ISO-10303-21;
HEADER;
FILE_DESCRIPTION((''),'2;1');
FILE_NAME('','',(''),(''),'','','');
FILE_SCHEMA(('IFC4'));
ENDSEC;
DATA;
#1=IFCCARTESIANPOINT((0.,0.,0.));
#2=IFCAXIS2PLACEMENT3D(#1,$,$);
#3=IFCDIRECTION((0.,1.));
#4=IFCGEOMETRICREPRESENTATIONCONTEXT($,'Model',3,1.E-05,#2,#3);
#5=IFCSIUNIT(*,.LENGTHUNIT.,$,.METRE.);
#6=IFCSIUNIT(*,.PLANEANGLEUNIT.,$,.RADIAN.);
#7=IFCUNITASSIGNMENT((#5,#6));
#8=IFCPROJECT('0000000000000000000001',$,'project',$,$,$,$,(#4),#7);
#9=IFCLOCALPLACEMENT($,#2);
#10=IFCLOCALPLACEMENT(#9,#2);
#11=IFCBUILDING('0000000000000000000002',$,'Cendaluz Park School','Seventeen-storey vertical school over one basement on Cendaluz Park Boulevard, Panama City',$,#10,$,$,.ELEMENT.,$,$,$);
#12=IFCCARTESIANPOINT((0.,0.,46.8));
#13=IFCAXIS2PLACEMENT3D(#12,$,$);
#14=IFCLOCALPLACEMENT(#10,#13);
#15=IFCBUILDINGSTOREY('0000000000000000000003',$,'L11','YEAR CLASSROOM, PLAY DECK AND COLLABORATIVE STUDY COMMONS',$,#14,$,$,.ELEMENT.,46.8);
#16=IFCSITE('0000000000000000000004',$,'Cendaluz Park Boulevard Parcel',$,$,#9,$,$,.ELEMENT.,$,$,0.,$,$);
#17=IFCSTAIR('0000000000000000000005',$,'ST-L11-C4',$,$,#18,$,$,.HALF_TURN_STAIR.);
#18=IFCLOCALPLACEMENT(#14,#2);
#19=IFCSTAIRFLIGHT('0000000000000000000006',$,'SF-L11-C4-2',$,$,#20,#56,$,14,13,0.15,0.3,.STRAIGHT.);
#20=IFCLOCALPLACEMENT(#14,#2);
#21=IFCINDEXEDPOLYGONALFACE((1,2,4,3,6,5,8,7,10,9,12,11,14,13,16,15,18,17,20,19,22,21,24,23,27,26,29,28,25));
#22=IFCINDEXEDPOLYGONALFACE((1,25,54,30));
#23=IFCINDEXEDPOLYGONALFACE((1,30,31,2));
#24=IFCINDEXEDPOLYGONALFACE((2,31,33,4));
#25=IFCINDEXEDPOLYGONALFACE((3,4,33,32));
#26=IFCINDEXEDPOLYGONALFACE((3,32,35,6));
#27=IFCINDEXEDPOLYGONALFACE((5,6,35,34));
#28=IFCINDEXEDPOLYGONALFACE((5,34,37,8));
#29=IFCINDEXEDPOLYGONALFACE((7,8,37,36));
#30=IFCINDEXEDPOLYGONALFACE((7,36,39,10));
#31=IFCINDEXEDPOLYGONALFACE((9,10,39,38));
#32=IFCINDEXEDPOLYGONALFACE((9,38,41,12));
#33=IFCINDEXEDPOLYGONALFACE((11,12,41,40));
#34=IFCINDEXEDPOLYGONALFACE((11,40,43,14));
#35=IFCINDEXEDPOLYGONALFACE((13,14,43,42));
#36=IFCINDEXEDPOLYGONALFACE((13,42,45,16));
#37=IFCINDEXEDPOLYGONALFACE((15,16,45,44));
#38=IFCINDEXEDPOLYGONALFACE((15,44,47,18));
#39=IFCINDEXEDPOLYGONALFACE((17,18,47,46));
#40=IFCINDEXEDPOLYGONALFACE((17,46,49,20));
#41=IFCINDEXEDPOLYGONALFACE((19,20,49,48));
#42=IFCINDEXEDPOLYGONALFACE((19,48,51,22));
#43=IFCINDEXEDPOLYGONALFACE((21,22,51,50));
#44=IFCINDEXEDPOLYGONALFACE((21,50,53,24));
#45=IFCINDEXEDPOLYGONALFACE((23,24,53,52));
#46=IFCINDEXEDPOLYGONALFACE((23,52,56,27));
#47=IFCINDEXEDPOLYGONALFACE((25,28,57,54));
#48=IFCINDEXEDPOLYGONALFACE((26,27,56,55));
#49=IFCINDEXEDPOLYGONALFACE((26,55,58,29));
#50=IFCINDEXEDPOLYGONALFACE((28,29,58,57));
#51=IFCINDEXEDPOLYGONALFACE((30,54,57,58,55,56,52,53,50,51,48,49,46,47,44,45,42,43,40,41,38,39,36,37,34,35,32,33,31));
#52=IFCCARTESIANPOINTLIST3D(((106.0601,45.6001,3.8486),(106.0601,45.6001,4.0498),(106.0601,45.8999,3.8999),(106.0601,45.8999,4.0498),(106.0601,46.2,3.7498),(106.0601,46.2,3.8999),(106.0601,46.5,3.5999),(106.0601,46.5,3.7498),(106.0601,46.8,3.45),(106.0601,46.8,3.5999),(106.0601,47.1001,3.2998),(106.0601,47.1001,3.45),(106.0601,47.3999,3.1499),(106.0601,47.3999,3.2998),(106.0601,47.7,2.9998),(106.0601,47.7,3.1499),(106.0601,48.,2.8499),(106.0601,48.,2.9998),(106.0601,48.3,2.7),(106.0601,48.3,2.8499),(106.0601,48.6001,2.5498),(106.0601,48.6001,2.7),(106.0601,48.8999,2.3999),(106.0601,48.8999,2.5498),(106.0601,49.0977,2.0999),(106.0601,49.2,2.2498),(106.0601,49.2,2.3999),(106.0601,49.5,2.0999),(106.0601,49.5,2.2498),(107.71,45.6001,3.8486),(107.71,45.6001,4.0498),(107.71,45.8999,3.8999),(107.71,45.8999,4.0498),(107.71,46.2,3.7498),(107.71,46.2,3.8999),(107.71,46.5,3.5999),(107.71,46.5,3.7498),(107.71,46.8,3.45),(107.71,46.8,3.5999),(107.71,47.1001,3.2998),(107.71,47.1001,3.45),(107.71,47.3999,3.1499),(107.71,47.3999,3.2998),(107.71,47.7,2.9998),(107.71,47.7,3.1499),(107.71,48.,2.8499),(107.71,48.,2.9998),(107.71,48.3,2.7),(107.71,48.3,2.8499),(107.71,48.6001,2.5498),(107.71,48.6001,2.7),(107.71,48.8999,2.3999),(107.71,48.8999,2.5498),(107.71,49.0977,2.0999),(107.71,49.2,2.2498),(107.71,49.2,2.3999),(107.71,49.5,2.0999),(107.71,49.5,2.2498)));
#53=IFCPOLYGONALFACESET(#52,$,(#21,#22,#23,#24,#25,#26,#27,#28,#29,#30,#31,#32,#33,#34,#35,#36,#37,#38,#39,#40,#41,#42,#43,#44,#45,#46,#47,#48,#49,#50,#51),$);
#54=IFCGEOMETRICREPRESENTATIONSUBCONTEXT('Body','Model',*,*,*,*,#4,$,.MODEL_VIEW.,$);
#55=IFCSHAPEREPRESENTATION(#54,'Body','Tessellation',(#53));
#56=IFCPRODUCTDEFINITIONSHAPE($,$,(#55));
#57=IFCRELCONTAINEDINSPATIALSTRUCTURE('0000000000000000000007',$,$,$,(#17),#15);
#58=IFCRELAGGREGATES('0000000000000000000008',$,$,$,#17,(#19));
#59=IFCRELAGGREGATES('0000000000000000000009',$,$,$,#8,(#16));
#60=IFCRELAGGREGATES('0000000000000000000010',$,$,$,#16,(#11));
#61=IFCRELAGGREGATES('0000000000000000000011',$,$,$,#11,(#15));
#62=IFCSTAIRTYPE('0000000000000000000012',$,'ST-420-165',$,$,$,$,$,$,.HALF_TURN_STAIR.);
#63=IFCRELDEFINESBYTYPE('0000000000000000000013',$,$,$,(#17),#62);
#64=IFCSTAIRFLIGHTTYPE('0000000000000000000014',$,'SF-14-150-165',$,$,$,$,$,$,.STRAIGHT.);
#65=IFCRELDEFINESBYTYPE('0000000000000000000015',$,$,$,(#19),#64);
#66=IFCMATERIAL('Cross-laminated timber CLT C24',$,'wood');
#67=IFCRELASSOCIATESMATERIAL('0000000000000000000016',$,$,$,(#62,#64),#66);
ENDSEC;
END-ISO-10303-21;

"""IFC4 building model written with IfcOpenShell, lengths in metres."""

from ifc_helpers import new_model, si_unit, direction, frame, origin, place, context, subcontext, project, spatial, polyline, outline, extrude, material, type_object, element, aggregate, save


model = new_model("IFC4")

# Units and contexts
model_context = context("Model", 3, precision=1e-05, world=origin(), true_north=direction((0.0, 1.0)))
body_context = subcontext(model_context, "Body", "Model", "MODEL_VIEW")
ifc_project = project(units=[si_unit("LENGTHUNIT", "METRE"), si_unit("PLANEANGLEUNIT", "RADIAN")], contexts=[model_context])

# Site, building, storey
site_placement = place(None, origin())
site = spatial("IfcSite", under=ifc_project, at=site_placement, Name="Cendaluz Park Boulevard Parcel", CompositionType="ELEMENT", RefElevation=0.0)
building_placement = place(site_placement, origin())
building = spatial("IfcBuilding", under=site, at=building_placement, Name="Cendaluz Park School", Description="Seventeen-storey vertical school over one basement on Cendaluz Park Boulevard, Panama City", CompositionType="ELEMENT")
storey_placement = place(building_placement, frame((0.0, 0.0, 46.8)))
storey = spatial("IfcBuildingStorey", under=building, at=storey_placement, Name="L11", Description="YEAR CLASSROOM, PLAY DECK AND COLLABORATIVE STUDY COMMONS", CompositionType="ELEMENT", Elevation=46.8)

# Shared definitions
ifc_material_1 = material(Name="Cross-laminated timber CLT C24", Category="wood")

# Stair, stair flight
stair_type = type_object("IfcStairType", Name="ST-420-165", PredefinedType="HALF_TURN_STAIR", material=ifc_material_1)
stair_placement = place(storey_placement, origin())
stair = element("IfcStair", 1, at=stair_placement, inside=storey, type_object=stair_type, Name="ST-L11-C4", PredefinedType="HALF_TURN_STAIR")
stair_flight_type = type_object("IfcStairFlightType", Name="SF-14-150-165", PredefinedType="STRAIGHT", material=ifc_material_1)
stair_flight_1_placement = place(storey_placement, frame((106.885, 49.5, 2.0999), z_axis=(0.0, 0.0, 1.0), x_axis=(0.0, -1.0, 0.0)))
stair_flight_1 = element("IfcStairFlight", 2, at=stair_flight_1_placement, type_object=stair_flight_type, Name="SF-L11-C4-2", NumberOfRisers=14, NumberOfTreads=13, PredefinedType="STRAIGHT", RiserHeight=0.15, TreadLength=0.3, context=body_context, shape_type="SweptSolid", body=[
    extrude(outline(polyline([(0.0, 0.0), (0.0, 0.1499), (0.3, 0.1499), (0.3, 0.3), (0.6001, 0.3), (0.6001, 0.45), (0.8999, 0.45), (0.8999, 0.6001), (1.2, 0.6001), (1.2, 0.75), (1.5, 0.75), (1.5, 0.8999), (1.8, 0.8999), (1.8, 1.05), (2.1001, 1.05), (2.1001, 1.2), (2.3999, 1.2), (2.3999, 1.3501), (2.7, 1.3501), (2.7, 1.5), (3.0, 1.5), (3.0, 1.6499), (3.3, 1.6499), (3.3, 1.8), (3.6001, 1.8), (3.6001, 1.95), (3.8999, 1.95), (3.8999, 2.1001), (3.8999, 1.7488), (0.4023, 0.0), (0.0, 0.0)])), frame((0.0, 0.825, 0.0), z_axis=(0.0, -1.0, 0.0), x_axis=(1.0, 0.0, 0.0)), (0.0, 0.0, 1.0), 1.6499),
])
aggregate(stair, [stair_flight_1])

save(model, "model.ifc")
